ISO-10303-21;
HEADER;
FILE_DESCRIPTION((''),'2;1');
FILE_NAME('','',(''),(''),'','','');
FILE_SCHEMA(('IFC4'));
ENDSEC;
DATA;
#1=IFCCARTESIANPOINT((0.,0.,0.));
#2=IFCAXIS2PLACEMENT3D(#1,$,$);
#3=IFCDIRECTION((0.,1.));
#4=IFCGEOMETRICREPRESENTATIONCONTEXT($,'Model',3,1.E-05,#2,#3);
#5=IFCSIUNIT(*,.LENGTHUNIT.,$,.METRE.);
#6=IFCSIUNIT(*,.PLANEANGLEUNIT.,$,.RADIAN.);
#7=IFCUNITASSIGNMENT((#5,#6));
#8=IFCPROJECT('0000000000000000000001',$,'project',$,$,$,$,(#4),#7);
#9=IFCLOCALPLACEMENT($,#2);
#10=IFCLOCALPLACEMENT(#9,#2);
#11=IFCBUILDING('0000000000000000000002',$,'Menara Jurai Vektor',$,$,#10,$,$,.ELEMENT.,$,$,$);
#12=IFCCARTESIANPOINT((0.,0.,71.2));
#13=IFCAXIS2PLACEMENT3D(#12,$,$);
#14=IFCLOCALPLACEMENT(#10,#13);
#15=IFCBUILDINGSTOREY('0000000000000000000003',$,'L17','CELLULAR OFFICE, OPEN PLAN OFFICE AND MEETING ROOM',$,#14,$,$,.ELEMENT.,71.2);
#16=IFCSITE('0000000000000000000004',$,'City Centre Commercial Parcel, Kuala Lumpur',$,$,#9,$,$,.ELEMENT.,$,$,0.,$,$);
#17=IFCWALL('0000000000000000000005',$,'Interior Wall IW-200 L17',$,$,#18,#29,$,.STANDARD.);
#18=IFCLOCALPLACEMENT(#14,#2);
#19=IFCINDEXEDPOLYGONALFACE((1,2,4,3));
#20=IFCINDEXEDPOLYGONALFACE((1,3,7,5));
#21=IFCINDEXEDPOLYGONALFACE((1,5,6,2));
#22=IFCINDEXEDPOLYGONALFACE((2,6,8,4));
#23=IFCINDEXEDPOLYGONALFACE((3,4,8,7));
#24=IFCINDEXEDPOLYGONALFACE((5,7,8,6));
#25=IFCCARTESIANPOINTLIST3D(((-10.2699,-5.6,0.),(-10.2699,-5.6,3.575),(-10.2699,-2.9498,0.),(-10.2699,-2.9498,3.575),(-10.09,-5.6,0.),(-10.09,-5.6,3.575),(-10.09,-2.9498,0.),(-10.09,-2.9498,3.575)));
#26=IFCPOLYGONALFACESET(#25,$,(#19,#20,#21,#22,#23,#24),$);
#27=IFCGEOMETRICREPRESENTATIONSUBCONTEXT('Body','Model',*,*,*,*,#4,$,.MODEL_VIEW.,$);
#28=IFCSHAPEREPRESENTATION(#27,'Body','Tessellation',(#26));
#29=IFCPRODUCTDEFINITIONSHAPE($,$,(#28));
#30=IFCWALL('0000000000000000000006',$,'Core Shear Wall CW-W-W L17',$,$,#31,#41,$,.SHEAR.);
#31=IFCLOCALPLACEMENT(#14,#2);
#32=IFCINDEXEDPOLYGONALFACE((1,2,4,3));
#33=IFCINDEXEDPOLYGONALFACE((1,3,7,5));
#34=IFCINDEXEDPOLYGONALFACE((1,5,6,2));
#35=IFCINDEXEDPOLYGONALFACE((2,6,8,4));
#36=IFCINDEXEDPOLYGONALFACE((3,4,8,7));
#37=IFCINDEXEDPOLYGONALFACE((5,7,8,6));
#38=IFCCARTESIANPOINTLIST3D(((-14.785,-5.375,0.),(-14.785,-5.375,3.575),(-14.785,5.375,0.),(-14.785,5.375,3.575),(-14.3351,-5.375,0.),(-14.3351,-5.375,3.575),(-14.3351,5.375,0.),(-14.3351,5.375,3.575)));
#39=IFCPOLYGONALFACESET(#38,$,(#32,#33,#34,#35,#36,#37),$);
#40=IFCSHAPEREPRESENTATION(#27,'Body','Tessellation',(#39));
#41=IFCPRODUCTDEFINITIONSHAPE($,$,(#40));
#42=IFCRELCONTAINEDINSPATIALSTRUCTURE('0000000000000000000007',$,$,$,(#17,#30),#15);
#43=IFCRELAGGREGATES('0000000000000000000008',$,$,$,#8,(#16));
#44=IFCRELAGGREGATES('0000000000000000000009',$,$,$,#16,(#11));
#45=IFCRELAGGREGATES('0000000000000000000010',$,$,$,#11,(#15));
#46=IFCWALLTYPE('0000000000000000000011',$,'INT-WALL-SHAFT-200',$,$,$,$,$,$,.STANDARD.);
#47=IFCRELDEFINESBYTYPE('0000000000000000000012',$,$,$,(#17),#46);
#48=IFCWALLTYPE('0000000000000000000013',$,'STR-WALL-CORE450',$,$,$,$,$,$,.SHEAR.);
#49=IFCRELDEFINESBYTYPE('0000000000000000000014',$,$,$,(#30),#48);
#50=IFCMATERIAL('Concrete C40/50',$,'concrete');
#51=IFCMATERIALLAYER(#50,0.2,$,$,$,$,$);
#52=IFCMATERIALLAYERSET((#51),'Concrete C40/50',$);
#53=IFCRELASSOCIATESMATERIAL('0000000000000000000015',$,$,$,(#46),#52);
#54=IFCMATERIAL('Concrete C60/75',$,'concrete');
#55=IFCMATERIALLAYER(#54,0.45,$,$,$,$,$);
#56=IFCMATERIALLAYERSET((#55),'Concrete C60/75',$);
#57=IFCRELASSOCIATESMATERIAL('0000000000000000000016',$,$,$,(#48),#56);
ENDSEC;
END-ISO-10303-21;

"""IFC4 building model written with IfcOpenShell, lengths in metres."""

from ifc_helpers import new_model, si_unit, direction, frame, frame_2d, origin, place, context, subcontext, project, spatial, rectangle, extrude, material, layer, layer_set, type_object, element, save


model = new_model("IFC4")

# Units and contexts
model_context = context("Model", 3, precision=1e-05, world=origin(), true_north=direction((0.0, 1.0)))
body_context = subcontext(model_context, "Body", "Model", "MODEL_VIEW")
ifc_project = project(units=[si_unit("LENGTHUNIT", "METRE"), si_unit("PLANEANGLEUNIT", "RADIAN")], contexts=[model_context])

# Site, building, storey
site_placement = place(None, origin())
site = spatial("IfcSite", under=ifc_project, at=site_placement, Name="City Centre Commercial Parcel, Kuala Lumpur", CompositionType="ELEMENT", RefElevation=0.0)
building_placement = place(site_placement, origin())
building = spatial("IfcBuilding", under=site, at=building_placement, Name="Menara Jurai Vektor", CompositionType="ELEMENT")
storey_placement = place(building_placement, frame((0.0, 0.0, 71.2)))
storey = spatial("IfcBuildingStorey", under=building, at=storey_placement, Name="L17", Description="CELLULAR OFFICE, OPEN PLAN OFFICE AND MEETING ROOM", CompositionType="ELEMENT", Elevation=71.2)

# Shared definitions
ifc_material_1 = material(Name="Concrete C60/75", Category="concrete")

# Shared definitions
ifc_material_2 = material(Name="Concrete C40/50", Category="concrete")

# Shared definitions
ifc_layer_1 = layer(ifc_material_2, 0.2)
ifc_layer_set_1 = layer_set([ifc_layer_1], Name="Concrete C40/50")
wall_type_1 = type_object("IfcWallType", Name="INT-WALL-SHAFT-200", PredefinedType="STANDARD", material=ifc_layer_set_1)

# Walls
wall_1_placement = place(storey_placement, frame((-10.1799, -5.6001, 0.0), z_axis=(0.0, 0.0, 1.0), x_axis=(0.0, 1.0, 0.0)))
element("IfcWall", 1, at=wall_1_placement, inside=storey, type_object=wall_type_1, Name="Interior Wall IW-200 L17", PredefinedType="STANDARD", context=body_context, shape_type="SweptSolid", body=[
    extrude(rectangle(XDim=2.6501, YDim=0.1799, at=frame_2d((1.3252, 0.0))), origin(), (0.0, 0.0, 1.0), 3.575),
])
ifc_layer_2 = layer(ifc_material_1, 0.45)
ifc_layer_set_2 = layer_set([ifc_layer_2], Name="Concrete C60/75")
wall_type_2 = type_object("IfcWallType", Name="STR-WALL-CORE450", PredefinedType="SHEAR", material=ifc_layer_set_2)
wall_2_placement = place(storey_placement, frame((-14.5601, -5.375, 0.0), z_axis=(0.0, 0.0, 1.0), x_axis=(0.0, 1.0, 0.0)))
element("IfcWall", 2, at=wall_2_placement, inside=storey, type_object=wall_type_2, Name="Core Shear Wall CW-W-W L17", PredefinedType="SHEAR", context=body_context, shape_type="SweptSolid", body=[
    extrude(rectangle(XDim=10.75, YDim=0.45, at=frame_2d((5.375, 0.0))), origin(), (0.0, 0.0, 1.0), 3.575),
])

save(model, "model.ifc")
